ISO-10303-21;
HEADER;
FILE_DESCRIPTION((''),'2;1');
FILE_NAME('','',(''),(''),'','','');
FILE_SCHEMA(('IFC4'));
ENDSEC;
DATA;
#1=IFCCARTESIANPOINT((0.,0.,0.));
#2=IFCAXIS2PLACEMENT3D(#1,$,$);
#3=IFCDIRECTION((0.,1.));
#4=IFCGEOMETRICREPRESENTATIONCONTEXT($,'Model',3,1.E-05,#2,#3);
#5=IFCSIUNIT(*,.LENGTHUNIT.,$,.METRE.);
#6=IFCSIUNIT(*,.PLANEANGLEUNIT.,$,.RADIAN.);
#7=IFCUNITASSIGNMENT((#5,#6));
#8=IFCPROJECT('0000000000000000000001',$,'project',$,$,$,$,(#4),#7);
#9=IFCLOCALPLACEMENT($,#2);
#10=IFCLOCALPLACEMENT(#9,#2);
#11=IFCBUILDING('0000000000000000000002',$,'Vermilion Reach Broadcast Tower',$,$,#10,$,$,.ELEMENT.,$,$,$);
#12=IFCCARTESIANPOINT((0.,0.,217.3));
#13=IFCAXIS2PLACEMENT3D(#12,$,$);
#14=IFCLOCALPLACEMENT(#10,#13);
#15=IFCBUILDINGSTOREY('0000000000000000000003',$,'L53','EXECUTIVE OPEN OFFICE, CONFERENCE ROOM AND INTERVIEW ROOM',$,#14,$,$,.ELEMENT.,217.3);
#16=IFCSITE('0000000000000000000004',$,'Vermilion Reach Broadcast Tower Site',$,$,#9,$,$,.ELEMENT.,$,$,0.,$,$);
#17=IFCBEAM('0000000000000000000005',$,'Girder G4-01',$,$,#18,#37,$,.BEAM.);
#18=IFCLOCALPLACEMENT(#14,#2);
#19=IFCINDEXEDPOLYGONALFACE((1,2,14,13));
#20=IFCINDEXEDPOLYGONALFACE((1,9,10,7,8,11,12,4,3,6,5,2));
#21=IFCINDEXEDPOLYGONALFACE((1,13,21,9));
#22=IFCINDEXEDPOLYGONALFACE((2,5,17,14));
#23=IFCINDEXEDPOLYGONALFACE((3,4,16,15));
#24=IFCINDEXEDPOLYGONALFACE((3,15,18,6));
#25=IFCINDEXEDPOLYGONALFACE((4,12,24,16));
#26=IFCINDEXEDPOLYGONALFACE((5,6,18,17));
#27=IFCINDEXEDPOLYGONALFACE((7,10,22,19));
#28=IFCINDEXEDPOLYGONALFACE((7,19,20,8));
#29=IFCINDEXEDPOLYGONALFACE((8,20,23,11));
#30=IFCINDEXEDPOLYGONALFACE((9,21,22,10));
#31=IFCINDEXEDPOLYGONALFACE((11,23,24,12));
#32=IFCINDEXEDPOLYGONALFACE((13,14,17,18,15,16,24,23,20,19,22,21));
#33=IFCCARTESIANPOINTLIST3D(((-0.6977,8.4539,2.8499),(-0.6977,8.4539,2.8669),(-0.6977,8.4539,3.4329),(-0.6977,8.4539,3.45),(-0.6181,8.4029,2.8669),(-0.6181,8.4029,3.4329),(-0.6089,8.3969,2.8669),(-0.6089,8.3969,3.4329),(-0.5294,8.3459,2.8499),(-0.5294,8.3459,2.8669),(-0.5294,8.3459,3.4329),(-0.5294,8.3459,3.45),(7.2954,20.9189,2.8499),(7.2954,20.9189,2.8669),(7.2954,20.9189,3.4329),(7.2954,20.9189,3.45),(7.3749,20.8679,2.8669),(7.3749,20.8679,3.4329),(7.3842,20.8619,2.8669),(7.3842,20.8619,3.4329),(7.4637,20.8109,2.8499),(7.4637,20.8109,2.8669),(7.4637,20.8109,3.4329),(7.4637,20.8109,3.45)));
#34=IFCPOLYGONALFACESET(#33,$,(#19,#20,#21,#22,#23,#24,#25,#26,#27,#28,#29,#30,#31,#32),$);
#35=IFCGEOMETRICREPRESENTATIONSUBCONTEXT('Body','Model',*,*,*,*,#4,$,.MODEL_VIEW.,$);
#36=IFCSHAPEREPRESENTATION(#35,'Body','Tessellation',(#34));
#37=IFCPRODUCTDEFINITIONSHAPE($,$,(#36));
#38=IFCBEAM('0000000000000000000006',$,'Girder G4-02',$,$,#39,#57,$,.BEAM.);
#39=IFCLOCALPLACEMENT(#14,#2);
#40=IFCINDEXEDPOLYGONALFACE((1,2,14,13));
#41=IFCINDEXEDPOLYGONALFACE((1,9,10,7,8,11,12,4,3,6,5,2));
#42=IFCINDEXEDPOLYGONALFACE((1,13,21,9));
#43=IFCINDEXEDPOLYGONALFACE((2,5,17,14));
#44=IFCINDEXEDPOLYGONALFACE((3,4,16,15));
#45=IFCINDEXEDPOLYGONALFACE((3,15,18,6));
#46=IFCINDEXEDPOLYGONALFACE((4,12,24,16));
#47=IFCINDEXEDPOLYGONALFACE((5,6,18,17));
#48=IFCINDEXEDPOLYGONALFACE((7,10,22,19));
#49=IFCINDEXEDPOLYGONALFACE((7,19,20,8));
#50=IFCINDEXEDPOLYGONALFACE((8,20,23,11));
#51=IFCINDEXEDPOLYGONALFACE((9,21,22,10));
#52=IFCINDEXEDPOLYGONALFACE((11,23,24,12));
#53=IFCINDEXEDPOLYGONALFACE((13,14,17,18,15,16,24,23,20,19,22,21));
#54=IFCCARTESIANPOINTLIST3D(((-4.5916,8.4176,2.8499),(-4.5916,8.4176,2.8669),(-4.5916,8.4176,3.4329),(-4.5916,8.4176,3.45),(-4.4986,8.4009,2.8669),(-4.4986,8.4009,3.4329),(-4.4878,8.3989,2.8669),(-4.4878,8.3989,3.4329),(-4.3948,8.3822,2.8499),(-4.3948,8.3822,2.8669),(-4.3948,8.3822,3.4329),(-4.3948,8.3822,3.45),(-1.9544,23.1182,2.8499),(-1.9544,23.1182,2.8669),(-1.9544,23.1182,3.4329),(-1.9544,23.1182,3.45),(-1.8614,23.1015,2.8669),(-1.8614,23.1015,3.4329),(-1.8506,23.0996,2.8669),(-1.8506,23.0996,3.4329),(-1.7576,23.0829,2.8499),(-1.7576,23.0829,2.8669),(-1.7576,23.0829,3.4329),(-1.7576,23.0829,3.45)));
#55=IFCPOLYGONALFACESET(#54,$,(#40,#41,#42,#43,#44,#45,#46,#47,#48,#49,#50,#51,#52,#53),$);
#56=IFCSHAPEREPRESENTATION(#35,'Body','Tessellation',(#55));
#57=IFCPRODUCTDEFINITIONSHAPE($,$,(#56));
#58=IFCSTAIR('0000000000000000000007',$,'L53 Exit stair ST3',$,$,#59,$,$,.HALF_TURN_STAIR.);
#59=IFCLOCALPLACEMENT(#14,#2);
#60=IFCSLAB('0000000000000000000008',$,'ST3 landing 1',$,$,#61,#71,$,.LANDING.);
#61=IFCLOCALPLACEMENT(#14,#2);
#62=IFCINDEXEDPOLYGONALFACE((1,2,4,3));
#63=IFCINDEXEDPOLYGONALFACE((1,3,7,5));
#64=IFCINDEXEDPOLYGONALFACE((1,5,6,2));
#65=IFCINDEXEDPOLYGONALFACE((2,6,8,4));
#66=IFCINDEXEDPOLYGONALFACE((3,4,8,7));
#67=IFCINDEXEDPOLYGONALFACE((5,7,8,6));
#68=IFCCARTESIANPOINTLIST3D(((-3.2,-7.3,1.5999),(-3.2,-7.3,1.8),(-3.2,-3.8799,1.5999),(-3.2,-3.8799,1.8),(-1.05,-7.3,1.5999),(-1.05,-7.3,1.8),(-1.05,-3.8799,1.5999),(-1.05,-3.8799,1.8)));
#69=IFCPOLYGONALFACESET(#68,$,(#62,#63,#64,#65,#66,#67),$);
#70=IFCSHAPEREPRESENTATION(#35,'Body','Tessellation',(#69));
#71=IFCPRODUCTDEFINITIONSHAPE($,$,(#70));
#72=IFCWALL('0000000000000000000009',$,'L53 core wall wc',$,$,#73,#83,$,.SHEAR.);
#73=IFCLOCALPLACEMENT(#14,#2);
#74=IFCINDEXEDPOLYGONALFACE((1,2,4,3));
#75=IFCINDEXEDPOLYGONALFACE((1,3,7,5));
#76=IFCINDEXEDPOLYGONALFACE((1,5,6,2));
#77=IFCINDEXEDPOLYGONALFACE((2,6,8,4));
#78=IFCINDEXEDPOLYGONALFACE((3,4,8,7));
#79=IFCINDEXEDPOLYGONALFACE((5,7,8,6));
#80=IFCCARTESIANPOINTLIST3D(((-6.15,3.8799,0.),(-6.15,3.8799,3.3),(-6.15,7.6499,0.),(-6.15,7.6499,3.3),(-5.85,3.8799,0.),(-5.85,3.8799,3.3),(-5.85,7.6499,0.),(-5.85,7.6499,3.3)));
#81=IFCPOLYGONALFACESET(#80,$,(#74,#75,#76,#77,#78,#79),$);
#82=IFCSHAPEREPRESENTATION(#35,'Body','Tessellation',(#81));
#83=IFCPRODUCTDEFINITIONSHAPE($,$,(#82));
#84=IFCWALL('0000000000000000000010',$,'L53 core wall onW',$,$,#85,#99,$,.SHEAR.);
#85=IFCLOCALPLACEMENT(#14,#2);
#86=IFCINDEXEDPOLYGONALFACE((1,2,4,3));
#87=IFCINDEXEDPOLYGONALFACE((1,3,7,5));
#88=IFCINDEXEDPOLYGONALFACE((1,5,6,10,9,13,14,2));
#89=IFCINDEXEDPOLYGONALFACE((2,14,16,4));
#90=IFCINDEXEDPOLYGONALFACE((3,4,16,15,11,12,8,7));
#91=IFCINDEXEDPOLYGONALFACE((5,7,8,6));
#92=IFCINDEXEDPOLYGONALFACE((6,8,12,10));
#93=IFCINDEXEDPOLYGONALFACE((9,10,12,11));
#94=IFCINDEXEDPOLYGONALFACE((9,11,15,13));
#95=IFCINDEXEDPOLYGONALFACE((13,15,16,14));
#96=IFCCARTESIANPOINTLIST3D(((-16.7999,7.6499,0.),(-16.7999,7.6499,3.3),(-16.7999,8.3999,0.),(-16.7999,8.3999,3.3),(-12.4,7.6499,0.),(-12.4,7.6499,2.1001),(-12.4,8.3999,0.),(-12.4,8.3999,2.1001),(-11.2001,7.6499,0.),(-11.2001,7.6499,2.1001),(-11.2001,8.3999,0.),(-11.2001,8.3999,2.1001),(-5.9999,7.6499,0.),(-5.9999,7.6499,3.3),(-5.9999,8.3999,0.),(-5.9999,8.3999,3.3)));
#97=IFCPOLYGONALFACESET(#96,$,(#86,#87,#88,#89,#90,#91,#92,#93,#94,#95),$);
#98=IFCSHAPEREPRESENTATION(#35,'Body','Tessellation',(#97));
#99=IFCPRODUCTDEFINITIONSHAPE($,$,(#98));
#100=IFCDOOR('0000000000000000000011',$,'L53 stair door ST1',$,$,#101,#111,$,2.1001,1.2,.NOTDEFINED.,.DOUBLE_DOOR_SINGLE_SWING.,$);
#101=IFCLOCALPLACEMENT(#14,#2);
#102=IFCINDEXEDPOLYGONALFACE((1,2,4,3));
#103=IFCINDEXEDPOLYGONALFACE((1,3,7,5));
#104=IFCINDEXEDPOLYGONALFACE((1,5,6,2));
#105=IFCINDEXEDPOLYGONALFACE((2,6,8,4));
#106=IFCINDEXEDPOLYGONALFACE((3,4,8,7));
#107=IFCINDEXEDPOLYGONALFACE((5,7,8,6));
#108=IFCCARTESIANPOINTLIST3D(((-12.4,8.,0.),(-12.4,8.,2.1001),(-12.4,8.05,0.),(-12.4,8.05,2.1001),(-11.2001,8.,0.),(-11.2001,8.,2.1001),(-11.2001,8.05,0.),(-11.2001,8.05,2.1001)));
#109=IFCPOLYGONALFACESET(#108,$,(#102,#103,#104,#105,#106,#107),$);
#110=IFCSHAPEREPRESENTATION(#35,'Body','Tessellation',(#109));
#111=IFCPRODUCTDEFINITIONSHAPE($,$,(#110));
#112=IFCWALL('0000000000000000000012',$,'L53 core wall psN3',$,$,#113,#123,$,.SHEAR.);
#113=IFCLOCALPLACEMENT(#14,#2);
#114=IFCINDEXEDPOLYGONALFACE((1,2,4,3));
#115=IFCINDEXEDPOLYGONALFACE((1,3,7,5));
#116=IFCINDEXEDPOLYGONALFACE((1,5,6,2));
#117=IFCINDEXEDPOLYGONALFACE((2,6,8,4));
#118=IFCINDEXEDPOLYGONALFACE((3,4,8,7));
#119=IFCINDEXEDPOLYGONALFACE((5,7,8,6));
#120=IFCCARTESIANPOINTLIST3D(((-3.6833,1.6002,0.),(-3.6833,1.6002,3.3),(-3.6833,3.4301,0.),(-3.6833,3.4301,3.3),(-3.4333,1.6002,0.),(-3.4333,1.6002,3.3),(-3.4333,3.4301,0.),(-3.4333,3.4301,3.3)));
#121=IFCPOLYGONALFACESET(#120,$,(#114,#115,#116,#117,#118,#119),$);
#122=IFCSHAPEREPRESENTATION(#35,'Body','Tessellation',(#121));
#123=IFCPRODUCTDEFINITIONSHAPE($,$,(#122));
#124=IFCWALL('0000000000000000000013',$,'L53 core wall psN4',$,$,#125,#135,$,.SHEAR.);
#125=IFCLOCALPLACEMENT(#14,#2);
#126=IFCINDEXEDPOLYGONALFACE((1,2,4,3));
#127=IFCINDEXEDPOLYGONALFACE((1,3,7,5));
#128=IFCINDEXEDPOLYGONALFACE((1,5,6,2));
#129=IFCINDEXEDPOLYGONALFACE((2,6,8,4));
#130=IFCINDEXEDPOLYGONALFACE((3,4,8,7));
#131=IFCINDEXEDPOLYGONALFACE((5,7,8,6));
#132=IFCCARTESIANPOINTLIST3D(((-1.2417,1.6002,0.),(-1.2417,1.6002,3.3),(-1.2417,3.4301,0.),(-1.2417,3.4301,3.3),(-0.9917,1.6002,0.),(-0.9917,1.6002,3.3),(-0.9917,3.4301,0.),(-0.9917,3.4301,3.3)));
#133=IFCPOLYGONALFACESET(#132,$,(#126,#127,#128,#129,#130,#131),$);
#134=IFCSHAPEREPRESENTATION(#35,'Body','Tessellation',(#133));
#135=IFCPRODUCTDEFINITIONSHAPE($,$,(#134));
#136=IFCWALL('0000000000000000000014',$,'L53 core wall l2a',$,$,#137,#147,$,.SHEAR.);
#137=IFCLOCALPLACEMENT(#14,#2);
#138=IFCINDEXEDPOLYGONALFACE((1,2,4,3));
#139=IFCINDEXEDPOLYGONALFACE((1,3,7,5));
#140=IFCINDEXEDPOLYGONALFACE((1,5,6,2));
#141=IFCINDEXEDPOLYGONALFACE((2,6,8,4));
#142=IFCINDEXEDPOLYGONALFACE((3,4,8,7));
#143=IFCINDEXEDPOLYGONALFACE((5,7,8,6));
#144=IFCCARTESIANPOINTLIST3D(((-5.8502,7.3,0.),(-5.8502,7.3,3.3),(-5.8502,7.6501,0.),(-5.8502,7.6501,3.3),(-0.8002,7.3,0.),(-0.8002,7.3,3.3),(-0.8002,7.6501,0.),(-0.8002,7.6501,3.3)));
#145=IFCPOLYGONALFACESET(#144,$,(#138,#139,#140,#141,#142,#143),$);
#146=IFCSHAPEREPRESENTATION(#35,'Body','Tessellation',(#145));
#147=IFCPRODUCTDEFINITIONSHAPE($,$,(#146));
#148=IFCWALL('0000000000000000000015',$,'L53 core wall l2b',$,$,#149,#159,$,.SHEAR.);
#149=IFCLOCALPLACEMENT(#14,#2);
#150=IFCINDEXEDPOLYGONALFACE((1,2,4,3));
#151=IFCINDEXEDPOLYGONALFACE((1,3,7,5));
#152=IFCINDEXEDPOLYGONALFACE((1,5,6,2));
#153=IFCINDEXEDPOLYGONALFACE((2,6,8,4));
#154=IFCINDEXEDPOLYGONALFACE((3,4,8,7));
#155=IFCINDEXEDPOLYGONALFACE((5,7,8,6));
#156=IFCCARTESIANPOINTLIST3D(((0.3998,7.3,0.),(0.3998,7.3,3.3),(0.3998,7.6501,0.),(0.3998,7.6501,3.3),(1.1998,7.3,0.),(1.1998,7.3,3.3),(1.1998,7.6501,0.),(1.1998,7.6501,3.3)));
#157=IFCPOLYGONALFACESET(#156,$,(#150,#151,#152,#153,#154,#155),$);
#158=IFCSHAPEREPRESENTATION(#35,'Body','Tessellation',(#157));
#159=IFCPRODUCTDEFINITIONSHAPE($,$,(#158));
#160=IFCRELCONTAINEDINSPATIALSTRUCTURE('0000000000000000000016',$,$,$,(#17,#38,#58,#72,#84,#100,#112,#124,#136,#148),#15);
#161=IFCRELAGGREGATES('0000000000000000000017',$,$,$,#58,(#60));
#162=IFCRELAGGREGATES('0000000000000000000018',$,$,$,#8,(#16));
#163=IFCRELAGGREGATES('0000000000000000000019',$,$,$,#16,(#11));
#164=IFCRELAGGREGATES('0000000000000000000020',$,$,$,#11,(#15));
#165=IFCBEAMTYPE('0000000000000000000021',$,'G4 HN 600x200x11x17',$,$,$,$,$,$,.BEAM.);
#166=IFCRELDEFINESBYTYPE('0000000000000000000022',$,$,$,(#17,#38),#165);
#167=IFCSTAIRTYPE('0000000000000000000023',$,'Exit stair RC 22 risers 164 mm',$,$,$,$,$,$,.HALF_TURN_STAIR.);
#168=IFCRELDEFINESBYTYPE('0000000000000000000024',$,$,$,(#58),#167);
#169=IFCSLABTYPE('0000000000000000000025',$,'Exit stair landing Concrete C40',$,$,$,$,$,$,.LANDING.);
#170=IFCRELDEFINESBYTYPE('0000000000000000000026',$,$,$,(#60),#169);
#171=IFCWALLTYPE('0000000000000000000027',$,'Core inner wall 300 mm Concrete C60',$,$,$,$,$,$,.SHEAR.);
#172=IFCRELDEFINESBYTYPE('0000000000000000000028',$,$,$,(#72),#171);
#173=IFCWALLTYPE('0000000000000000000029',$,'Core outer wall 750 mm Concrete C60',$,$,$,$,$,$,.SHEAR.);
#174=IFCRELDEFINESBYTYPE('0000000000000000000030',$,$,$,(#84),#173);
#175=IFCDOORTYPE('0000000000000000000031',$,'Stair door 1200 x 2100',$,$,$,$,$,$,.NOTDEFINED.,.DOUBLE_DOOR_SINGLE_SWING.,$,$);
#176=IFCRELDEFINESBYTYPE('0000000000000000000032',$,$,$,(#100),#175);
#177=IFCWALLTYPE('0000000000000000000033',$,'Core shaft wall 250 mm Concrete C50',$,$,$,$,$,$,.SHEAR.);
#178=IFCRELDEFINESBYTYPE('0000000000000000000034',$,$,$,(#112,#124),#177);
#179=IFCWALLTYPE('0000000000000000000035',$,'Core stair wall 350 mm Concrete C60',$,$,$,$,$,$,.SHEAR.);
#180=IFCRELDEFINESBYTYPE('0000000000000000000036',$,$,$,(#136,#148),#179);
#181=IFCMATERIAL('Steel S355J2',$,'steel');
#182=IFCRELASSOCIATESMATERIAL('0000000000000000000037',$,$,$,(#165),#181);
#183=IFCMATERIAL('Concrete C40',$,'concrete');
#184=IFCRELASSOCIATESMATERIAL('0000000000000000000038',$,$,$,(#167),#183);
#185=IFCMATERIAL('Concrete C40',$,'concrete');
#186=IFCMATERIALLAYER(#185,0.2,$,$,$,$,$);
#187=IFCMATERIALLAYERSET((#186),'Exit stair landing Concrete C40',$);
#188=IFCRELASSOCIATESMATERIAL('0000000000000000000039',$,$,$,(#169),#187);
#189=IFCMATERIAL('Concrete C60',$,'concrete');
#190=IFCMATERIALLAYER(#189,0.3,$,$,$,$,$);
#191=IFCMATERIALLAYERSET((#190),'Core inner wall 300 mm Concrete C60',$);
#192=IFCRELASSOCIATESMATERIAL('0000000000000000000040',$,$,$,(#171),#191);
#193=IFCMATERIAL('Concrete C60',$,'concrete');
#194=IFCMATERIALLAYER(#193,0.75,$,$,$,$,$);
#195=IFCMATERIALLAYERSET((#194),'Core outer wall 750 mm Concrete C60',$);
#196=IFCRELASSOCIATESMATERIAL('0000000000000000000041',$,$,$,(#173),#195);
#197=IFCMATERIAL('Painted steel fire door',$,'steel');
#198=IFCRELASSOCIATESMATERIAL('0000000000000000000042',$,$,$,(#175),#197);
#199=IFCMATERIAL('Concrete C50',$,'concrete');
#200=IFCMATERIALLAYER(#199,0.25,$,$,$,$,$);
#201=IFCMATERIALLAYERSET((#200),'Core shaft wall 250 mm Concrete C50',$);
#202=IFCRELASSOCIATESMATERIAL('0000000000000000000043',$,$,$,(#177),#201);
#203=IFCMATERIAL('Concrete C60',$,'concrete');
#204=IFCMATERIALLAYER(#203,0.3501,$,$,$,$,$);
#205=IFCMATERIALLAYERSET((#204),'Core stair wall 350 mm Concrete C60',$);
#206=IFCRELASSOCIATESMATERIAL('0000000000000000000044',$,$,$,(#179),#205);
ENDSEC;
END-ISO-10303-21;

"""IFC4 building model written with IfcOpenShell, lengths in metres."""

from ifc_helpers import new_model, si_unit, direction, frame, frame_2d, origin, origin_2d, place, context, subcontext, project, spatial, polyline, rectangle, i_section, outline, extrude, material, layer, layer_set, material_profile, profile_set, type_object, element, fill, aggregate, save


model = new_model("IFC4")

# Units and contexts
model_context = context("Model", 3, precision=1e-05, world=origin(), true_north=direction((0.0, 1.0)))
body_context = subcontext(model_context, "Body", "Model", "MODEL_VIEW")
ifc_project = project(units=[si_unit("LENGTHUNIT", "METRE"), si_unit("PLANEANGLEUNIT", "RADIAN")], contexts=[model_context])

# Site, building, storey
site_placement = place(None, origin())
site = spatial("IfcSite", under=ifc_project, at=site_placement, Name="Vermilion Reach Broadcast Tower Site", CompositionType="ELEMENT", RefElevation=0.0)
building_placement = place(site_placement, origin())
building = spatial("IfcBuilding", under=site, at=building_placement, Name="Vermilion Reach Broadcast Tower", CompositionType="ELEMENT")
storey_placement = place(building_placement, frame((0.0, 0.0, 217.3)))
storey = spatial("IfcBuildingStorey", under=building, at=storey_placement, Name="L53", Description="EXECUTIVE OPEN OFFICE, CONFERENCE ROOM AND INTERVIEW ROOM", CompositionType="ELEMENT", Elevation=217.3)

# Beams
ifc_material_1 = material(Name="Steel S355J2", Category="steel")
ifc_material_profile = material_profile(ifc_material_1, i_section(OverallWidth=0.2, OverallDepth=0.6001, WebThickness=0.011, FlangeThickness=0.0171, at=origin_2d()), Name="S355J2 HN 600x200x11x17")
ifc_profile_set = profile_set([ifc_material_profile], Name="Steel S355J2")
beam_type = type_object("IfcBeamType", Name="G4 HN 600x200x11x17", PredefinedType="BEAM", material=ifc_profile_set)
beam_1_placement = place(storey_placement, frame((-0.6135, 8.3999, 3.1499), z_axis=(0.539796, 0.841796, 0.0), x_axis=(-0.841796, 0.539796, 0.0)))
element("IfcBeam", 1, at=beam_1_placement, inside=storey, type_object=beam_type, Name="Girder G4-01", PredefinedType="BEAM", context=body_context, shape_type="SweptSolid", body=[
    extrude(i_section(OverallWidth=0.2, OverallDepth=0.6001, WebThickness=0.011, FlangeThickness=0.0171, at=origin_2d()), origin(), (0.0, 0.0, 1.0), 14.8076),
])
beam_2_placement = place(storey_placement, frame((-4.4932, 8.3999, 3.1499), z_axis=(0.176575, 0.984287, 0.0), x_axis=(-0.984287, 0.176575, 0.0)))
element("IfcBeam", 2, at=beam_2_placement, inside=storey, type_object=beam_type, Name="Girder G4-02", PredefinedType="BEAM", context=body_context, shape_type="SweptSolid", body=[
    extrude(i_section(OverallWidth=0.2, OverallDepth=0.6001, WebThickness=0.011, FlangeThickness=0.0171, at=origin_2d()), origin(), (0.0, 0.0, 1.0), 14.9353),
])

# Stair, slab
ifc_material_2 = material(Name="Concrete C40", Category="concrete")
stair_type = type_object("IfcStairType", Name="Exit stair RC 22 risers 164 mm", PredefinedType="HALF_TURN_STAIR", material=ifc_material_2)
placement = place(storey_placement, origin())
stair_1 = element("IfcStair", 3, at=placement, inside=storey, type_object=stair_type, Name="L53 Exit stair ST3", PredefinedType="HALF_TURN_STAIR")
ifc_material_3 = material(Name="Concrete C40", Category="concrete")
ifc_layer_1 = layer(ifc_material_3, 0.2)
ifc_layer_set_1 = layer_set([ifc_layer_1], Name="Exit stair landing Concrete C40")
slab_type = type_object("IfcSlabType", Name="Exit stair landing Concrete C40", PredefinedType="LANDING", material=ifc_layer_set_1)
slab_placement = place(storey_placement, frame((0.0, 0.0, 1.5999)))
slab = element("IfcSlab", 4, at=slab_placement, type_object=slab_type, Name="ST3 landing 1", PredefinedType="LANDING", context=body_context, shape_type="SweptSolid", body=[
    extrude(outline(polyline([(-3.2, -7.3), (-1.05, -7.3), (-1.05, -3.8799), (-3.2, -3.8799), (-3.2, -7.3)])), origin(), (0.0, 0.0, 1.0), 0.2002),
])
aggregate(stair_1, [slab])

# Wall
ifc_material_4 = material(Name="Concrete C60", Category="concrete")
ifc_layer_2 = layer(ifc_material_4, 0.3)
ifc_layer_set_2 = layer_set([ifc_layer_2], Name="Core inner wall 300 mm Concrete C60")
wall_type_1 = type_object("IfcWallType", Name="Core inner wall 300 mm Concrete C60", PredefinedType="SHEAR", material=ifc_layer_set_2)
wall_1_placement = place(storey_placement, frame((-6.0, 3.8799, 0.0), z_axis=(0.0, 0.0, 1.0), x_axis=(0.0, 1.0, 0.0)))
element("IfcWall", 5, at=wall_1_placement, inside=storey, type_object=wall_type_1, Name="L53 core wall wc", PredefinedType="SHEAR", context=body_context, shape_type="SweptSolid", body=[
    extrude(rectangle(XDim=3.77, YDim=0.3, at=frame_2d((1.885, 0.0))), origin(), (0.0, 0.0, 1.0), 3.3),
])

# Wall, opening, door
ifc_material_5 = material(Name="Concrete C60", Category="concrete")
ifc_layer_3 = layer(ifc_material_5, 0.75)
ifc_layer_set_3 = layer_set([ifc_layer_3], Name="Core outer wall 750 mm Concrete C60")
wall_type_2 = type_object("IfcWallType", Name="Core outer wall 750 mm Concrete C60", PredefinedType="SHEAR", material=ifc_layer_set_3)
wall_2_placement = place(storey_placement, frame((-6.0, 8.0249, 0.0), z_axis=(0.0, 0.0, 1.0), x_axis=(-1.0, 0.0, 0.0)))
wall_2 = element("IfcWall", 6, at=wall_2_placement, inside=storey, type_object=wall_type_2, Name="L53 core wall onW", PredefinedType="SHEAR", context=body_context, shape_type="SweptSolid", body=[
    extrude(rectangle(XDim=10.8, YDim=0.75, at=frame_2d((5.3999, 0.0))), origin(), (0.0, 0.0, 1.0), 3.3),
])
opening_placement = place(wall_2_placement, frame((5.2, 0.0, 0.0)))
opening = element("IfcOpeningElement", 7, at=opening_placement, cuts=wall_2, PredefinedType="OPENING", context=body_context, shape_type="SweptSolid", body=[
    extrude(rectangle(XDim=1.2, YDim=2.1001, at=frame_2d((0.6001, 1.05))), frame((0.0, 0.385, 0.0), z_axis=(0.0, -1.0, 0.0), x_axis=(1.0, 0.0, 0.0)), (0.0, 0.0, 1.0), 0.77),
])
ifc_material_6 = material(Name="Painted steel fire door", Category="steel")
door_type = type_object("IfcDoorType", Name="Stair door 1200 x 2100", OperationType="DOUBLE_DOOR_SINGLE_SWING", PredefinedType="NOTDEFINED", material=ifc_material_6)
door_placement = place(opening_placement, origin())
door = element("IfcDoor", 8, at=door_placement, inside=storey, type_object=door_type, Name="L53 stair door ST1", OperationType="DOUBLE_DOOR_SINGLE_SWING", OverallHeight=2.1001, OverallWidth=1.2, PredefinedType="NOTDEFINED", context=body_context, shape_type="SweptSolid", body=[
    extrude(rectangle(XDim=1.2, YDim=2.1001, at=frame_2d((0.6001, 1.05))), frame((0.0, 0.0249, 0.0), z_axis=(0.0, -1.0, 0.0), x_axis=(1.0, 0.0, 0.0)), (0.0, 0.0, 1.0), 0.05),
])
fill(opening, door)

# Walls
ifc_material_7 = material(Name="Concrete C50", Category="concrete")
ifc_layer_4 = layer(ifc_material_7, 0.25)
ifc_layer_set_4 = layer_set([ifc_layer_4], Name="Core shaft wall 250 mm Concrete C50")
wall_type_3 = type_object("IfcWallType", Name="Core shaft wall 250 mm Concrete C50", PredefinedType="SHEAR", material=ifc_layer_set_4)
for number, where, z_axis, x_axis, name in (
    (9, (-3.5583, 1.6001, 0.0), (0.0, 0.0, 1.0), (0.0, 1.0, 0.0), "L53 core wall psN3"),
    (10, (-1.1167, 1.6001, 0.0), (0.0, 0.0, 1.0), (0.0, 1.0, 0.0), "L53 core wall psN4"),
):
    element("IfcWall", number, at=place(storey_placement, frame(where, z_axis=z_axis, x_axis=x_axis)), inside=storey, type_object=wall_type_3, Name=name, PredefinedType="SHEAR", context=body_context, shape_type="SweptSolid", body=[
        extrude(rectangle(XDim=1.8298, YDim=0.25, at=frame_2d((0.915, 0.0))), origin(), (0.0, 0.0, 1.0), 3.3),
    ])
ifc_material_8 = material(Name="Concrete C60", Category="concrete")
ifc_layer_5 = layer(ifc_material_8, 0.3501)
ifc_layer_set_5 = layer_set([ifc_layer_5], Name="Core stair wall 350 mm Concrete C60")
wall_type_4 = type_object("IfcWallType", Name="Core stair wall 350 mm Concrete C60", PredefinedType="SHEAR", material=ifc_layer_set_5)
wall_3_placement = place(storey_placement, frame((-5.8501, 7.4751, 0.0), z_axis=(0.0, 0.0, 1.0), x_axis=(1.0, 0.0, 0.0)))
element("IfcWall", 11, at=wall_3_placement, inside=storey, type_object=wall_type_4, Name="L53 core wall l2a", PredefinedType="SHEAR", context=body_context, shape_type="SweptSolid", body=[
    extrude(rectangle(XDim=5.05, YDim=0.3501, at=frame_2d((2.5249, 0.0))), origin(), (0.0, 0.0, 1.0), 3.3),
])
wall_4_placement = place(storey_placement, frame((0.3999, 7.4751, 0.0), z_axis=(0.0, 0.0, 1.0), x_axis=(1.0, 0.0, 0.0)))
element("IfcWall", 12, at=wall_4_placement, inside=storey, type_object=wall_type_4, Name="L53 core wall l2b", PredefinedType="SHEAR", context=body_context, shape_type="SweptSolid", body=[
    extrude(rectangle(XDim=0.8, YDim=0.3501, at=frame_2d((0.3999, 0.0))), origin(), (0.0, 0.0, 1.0), 3.3),
])

save(model, "model.ifc")
